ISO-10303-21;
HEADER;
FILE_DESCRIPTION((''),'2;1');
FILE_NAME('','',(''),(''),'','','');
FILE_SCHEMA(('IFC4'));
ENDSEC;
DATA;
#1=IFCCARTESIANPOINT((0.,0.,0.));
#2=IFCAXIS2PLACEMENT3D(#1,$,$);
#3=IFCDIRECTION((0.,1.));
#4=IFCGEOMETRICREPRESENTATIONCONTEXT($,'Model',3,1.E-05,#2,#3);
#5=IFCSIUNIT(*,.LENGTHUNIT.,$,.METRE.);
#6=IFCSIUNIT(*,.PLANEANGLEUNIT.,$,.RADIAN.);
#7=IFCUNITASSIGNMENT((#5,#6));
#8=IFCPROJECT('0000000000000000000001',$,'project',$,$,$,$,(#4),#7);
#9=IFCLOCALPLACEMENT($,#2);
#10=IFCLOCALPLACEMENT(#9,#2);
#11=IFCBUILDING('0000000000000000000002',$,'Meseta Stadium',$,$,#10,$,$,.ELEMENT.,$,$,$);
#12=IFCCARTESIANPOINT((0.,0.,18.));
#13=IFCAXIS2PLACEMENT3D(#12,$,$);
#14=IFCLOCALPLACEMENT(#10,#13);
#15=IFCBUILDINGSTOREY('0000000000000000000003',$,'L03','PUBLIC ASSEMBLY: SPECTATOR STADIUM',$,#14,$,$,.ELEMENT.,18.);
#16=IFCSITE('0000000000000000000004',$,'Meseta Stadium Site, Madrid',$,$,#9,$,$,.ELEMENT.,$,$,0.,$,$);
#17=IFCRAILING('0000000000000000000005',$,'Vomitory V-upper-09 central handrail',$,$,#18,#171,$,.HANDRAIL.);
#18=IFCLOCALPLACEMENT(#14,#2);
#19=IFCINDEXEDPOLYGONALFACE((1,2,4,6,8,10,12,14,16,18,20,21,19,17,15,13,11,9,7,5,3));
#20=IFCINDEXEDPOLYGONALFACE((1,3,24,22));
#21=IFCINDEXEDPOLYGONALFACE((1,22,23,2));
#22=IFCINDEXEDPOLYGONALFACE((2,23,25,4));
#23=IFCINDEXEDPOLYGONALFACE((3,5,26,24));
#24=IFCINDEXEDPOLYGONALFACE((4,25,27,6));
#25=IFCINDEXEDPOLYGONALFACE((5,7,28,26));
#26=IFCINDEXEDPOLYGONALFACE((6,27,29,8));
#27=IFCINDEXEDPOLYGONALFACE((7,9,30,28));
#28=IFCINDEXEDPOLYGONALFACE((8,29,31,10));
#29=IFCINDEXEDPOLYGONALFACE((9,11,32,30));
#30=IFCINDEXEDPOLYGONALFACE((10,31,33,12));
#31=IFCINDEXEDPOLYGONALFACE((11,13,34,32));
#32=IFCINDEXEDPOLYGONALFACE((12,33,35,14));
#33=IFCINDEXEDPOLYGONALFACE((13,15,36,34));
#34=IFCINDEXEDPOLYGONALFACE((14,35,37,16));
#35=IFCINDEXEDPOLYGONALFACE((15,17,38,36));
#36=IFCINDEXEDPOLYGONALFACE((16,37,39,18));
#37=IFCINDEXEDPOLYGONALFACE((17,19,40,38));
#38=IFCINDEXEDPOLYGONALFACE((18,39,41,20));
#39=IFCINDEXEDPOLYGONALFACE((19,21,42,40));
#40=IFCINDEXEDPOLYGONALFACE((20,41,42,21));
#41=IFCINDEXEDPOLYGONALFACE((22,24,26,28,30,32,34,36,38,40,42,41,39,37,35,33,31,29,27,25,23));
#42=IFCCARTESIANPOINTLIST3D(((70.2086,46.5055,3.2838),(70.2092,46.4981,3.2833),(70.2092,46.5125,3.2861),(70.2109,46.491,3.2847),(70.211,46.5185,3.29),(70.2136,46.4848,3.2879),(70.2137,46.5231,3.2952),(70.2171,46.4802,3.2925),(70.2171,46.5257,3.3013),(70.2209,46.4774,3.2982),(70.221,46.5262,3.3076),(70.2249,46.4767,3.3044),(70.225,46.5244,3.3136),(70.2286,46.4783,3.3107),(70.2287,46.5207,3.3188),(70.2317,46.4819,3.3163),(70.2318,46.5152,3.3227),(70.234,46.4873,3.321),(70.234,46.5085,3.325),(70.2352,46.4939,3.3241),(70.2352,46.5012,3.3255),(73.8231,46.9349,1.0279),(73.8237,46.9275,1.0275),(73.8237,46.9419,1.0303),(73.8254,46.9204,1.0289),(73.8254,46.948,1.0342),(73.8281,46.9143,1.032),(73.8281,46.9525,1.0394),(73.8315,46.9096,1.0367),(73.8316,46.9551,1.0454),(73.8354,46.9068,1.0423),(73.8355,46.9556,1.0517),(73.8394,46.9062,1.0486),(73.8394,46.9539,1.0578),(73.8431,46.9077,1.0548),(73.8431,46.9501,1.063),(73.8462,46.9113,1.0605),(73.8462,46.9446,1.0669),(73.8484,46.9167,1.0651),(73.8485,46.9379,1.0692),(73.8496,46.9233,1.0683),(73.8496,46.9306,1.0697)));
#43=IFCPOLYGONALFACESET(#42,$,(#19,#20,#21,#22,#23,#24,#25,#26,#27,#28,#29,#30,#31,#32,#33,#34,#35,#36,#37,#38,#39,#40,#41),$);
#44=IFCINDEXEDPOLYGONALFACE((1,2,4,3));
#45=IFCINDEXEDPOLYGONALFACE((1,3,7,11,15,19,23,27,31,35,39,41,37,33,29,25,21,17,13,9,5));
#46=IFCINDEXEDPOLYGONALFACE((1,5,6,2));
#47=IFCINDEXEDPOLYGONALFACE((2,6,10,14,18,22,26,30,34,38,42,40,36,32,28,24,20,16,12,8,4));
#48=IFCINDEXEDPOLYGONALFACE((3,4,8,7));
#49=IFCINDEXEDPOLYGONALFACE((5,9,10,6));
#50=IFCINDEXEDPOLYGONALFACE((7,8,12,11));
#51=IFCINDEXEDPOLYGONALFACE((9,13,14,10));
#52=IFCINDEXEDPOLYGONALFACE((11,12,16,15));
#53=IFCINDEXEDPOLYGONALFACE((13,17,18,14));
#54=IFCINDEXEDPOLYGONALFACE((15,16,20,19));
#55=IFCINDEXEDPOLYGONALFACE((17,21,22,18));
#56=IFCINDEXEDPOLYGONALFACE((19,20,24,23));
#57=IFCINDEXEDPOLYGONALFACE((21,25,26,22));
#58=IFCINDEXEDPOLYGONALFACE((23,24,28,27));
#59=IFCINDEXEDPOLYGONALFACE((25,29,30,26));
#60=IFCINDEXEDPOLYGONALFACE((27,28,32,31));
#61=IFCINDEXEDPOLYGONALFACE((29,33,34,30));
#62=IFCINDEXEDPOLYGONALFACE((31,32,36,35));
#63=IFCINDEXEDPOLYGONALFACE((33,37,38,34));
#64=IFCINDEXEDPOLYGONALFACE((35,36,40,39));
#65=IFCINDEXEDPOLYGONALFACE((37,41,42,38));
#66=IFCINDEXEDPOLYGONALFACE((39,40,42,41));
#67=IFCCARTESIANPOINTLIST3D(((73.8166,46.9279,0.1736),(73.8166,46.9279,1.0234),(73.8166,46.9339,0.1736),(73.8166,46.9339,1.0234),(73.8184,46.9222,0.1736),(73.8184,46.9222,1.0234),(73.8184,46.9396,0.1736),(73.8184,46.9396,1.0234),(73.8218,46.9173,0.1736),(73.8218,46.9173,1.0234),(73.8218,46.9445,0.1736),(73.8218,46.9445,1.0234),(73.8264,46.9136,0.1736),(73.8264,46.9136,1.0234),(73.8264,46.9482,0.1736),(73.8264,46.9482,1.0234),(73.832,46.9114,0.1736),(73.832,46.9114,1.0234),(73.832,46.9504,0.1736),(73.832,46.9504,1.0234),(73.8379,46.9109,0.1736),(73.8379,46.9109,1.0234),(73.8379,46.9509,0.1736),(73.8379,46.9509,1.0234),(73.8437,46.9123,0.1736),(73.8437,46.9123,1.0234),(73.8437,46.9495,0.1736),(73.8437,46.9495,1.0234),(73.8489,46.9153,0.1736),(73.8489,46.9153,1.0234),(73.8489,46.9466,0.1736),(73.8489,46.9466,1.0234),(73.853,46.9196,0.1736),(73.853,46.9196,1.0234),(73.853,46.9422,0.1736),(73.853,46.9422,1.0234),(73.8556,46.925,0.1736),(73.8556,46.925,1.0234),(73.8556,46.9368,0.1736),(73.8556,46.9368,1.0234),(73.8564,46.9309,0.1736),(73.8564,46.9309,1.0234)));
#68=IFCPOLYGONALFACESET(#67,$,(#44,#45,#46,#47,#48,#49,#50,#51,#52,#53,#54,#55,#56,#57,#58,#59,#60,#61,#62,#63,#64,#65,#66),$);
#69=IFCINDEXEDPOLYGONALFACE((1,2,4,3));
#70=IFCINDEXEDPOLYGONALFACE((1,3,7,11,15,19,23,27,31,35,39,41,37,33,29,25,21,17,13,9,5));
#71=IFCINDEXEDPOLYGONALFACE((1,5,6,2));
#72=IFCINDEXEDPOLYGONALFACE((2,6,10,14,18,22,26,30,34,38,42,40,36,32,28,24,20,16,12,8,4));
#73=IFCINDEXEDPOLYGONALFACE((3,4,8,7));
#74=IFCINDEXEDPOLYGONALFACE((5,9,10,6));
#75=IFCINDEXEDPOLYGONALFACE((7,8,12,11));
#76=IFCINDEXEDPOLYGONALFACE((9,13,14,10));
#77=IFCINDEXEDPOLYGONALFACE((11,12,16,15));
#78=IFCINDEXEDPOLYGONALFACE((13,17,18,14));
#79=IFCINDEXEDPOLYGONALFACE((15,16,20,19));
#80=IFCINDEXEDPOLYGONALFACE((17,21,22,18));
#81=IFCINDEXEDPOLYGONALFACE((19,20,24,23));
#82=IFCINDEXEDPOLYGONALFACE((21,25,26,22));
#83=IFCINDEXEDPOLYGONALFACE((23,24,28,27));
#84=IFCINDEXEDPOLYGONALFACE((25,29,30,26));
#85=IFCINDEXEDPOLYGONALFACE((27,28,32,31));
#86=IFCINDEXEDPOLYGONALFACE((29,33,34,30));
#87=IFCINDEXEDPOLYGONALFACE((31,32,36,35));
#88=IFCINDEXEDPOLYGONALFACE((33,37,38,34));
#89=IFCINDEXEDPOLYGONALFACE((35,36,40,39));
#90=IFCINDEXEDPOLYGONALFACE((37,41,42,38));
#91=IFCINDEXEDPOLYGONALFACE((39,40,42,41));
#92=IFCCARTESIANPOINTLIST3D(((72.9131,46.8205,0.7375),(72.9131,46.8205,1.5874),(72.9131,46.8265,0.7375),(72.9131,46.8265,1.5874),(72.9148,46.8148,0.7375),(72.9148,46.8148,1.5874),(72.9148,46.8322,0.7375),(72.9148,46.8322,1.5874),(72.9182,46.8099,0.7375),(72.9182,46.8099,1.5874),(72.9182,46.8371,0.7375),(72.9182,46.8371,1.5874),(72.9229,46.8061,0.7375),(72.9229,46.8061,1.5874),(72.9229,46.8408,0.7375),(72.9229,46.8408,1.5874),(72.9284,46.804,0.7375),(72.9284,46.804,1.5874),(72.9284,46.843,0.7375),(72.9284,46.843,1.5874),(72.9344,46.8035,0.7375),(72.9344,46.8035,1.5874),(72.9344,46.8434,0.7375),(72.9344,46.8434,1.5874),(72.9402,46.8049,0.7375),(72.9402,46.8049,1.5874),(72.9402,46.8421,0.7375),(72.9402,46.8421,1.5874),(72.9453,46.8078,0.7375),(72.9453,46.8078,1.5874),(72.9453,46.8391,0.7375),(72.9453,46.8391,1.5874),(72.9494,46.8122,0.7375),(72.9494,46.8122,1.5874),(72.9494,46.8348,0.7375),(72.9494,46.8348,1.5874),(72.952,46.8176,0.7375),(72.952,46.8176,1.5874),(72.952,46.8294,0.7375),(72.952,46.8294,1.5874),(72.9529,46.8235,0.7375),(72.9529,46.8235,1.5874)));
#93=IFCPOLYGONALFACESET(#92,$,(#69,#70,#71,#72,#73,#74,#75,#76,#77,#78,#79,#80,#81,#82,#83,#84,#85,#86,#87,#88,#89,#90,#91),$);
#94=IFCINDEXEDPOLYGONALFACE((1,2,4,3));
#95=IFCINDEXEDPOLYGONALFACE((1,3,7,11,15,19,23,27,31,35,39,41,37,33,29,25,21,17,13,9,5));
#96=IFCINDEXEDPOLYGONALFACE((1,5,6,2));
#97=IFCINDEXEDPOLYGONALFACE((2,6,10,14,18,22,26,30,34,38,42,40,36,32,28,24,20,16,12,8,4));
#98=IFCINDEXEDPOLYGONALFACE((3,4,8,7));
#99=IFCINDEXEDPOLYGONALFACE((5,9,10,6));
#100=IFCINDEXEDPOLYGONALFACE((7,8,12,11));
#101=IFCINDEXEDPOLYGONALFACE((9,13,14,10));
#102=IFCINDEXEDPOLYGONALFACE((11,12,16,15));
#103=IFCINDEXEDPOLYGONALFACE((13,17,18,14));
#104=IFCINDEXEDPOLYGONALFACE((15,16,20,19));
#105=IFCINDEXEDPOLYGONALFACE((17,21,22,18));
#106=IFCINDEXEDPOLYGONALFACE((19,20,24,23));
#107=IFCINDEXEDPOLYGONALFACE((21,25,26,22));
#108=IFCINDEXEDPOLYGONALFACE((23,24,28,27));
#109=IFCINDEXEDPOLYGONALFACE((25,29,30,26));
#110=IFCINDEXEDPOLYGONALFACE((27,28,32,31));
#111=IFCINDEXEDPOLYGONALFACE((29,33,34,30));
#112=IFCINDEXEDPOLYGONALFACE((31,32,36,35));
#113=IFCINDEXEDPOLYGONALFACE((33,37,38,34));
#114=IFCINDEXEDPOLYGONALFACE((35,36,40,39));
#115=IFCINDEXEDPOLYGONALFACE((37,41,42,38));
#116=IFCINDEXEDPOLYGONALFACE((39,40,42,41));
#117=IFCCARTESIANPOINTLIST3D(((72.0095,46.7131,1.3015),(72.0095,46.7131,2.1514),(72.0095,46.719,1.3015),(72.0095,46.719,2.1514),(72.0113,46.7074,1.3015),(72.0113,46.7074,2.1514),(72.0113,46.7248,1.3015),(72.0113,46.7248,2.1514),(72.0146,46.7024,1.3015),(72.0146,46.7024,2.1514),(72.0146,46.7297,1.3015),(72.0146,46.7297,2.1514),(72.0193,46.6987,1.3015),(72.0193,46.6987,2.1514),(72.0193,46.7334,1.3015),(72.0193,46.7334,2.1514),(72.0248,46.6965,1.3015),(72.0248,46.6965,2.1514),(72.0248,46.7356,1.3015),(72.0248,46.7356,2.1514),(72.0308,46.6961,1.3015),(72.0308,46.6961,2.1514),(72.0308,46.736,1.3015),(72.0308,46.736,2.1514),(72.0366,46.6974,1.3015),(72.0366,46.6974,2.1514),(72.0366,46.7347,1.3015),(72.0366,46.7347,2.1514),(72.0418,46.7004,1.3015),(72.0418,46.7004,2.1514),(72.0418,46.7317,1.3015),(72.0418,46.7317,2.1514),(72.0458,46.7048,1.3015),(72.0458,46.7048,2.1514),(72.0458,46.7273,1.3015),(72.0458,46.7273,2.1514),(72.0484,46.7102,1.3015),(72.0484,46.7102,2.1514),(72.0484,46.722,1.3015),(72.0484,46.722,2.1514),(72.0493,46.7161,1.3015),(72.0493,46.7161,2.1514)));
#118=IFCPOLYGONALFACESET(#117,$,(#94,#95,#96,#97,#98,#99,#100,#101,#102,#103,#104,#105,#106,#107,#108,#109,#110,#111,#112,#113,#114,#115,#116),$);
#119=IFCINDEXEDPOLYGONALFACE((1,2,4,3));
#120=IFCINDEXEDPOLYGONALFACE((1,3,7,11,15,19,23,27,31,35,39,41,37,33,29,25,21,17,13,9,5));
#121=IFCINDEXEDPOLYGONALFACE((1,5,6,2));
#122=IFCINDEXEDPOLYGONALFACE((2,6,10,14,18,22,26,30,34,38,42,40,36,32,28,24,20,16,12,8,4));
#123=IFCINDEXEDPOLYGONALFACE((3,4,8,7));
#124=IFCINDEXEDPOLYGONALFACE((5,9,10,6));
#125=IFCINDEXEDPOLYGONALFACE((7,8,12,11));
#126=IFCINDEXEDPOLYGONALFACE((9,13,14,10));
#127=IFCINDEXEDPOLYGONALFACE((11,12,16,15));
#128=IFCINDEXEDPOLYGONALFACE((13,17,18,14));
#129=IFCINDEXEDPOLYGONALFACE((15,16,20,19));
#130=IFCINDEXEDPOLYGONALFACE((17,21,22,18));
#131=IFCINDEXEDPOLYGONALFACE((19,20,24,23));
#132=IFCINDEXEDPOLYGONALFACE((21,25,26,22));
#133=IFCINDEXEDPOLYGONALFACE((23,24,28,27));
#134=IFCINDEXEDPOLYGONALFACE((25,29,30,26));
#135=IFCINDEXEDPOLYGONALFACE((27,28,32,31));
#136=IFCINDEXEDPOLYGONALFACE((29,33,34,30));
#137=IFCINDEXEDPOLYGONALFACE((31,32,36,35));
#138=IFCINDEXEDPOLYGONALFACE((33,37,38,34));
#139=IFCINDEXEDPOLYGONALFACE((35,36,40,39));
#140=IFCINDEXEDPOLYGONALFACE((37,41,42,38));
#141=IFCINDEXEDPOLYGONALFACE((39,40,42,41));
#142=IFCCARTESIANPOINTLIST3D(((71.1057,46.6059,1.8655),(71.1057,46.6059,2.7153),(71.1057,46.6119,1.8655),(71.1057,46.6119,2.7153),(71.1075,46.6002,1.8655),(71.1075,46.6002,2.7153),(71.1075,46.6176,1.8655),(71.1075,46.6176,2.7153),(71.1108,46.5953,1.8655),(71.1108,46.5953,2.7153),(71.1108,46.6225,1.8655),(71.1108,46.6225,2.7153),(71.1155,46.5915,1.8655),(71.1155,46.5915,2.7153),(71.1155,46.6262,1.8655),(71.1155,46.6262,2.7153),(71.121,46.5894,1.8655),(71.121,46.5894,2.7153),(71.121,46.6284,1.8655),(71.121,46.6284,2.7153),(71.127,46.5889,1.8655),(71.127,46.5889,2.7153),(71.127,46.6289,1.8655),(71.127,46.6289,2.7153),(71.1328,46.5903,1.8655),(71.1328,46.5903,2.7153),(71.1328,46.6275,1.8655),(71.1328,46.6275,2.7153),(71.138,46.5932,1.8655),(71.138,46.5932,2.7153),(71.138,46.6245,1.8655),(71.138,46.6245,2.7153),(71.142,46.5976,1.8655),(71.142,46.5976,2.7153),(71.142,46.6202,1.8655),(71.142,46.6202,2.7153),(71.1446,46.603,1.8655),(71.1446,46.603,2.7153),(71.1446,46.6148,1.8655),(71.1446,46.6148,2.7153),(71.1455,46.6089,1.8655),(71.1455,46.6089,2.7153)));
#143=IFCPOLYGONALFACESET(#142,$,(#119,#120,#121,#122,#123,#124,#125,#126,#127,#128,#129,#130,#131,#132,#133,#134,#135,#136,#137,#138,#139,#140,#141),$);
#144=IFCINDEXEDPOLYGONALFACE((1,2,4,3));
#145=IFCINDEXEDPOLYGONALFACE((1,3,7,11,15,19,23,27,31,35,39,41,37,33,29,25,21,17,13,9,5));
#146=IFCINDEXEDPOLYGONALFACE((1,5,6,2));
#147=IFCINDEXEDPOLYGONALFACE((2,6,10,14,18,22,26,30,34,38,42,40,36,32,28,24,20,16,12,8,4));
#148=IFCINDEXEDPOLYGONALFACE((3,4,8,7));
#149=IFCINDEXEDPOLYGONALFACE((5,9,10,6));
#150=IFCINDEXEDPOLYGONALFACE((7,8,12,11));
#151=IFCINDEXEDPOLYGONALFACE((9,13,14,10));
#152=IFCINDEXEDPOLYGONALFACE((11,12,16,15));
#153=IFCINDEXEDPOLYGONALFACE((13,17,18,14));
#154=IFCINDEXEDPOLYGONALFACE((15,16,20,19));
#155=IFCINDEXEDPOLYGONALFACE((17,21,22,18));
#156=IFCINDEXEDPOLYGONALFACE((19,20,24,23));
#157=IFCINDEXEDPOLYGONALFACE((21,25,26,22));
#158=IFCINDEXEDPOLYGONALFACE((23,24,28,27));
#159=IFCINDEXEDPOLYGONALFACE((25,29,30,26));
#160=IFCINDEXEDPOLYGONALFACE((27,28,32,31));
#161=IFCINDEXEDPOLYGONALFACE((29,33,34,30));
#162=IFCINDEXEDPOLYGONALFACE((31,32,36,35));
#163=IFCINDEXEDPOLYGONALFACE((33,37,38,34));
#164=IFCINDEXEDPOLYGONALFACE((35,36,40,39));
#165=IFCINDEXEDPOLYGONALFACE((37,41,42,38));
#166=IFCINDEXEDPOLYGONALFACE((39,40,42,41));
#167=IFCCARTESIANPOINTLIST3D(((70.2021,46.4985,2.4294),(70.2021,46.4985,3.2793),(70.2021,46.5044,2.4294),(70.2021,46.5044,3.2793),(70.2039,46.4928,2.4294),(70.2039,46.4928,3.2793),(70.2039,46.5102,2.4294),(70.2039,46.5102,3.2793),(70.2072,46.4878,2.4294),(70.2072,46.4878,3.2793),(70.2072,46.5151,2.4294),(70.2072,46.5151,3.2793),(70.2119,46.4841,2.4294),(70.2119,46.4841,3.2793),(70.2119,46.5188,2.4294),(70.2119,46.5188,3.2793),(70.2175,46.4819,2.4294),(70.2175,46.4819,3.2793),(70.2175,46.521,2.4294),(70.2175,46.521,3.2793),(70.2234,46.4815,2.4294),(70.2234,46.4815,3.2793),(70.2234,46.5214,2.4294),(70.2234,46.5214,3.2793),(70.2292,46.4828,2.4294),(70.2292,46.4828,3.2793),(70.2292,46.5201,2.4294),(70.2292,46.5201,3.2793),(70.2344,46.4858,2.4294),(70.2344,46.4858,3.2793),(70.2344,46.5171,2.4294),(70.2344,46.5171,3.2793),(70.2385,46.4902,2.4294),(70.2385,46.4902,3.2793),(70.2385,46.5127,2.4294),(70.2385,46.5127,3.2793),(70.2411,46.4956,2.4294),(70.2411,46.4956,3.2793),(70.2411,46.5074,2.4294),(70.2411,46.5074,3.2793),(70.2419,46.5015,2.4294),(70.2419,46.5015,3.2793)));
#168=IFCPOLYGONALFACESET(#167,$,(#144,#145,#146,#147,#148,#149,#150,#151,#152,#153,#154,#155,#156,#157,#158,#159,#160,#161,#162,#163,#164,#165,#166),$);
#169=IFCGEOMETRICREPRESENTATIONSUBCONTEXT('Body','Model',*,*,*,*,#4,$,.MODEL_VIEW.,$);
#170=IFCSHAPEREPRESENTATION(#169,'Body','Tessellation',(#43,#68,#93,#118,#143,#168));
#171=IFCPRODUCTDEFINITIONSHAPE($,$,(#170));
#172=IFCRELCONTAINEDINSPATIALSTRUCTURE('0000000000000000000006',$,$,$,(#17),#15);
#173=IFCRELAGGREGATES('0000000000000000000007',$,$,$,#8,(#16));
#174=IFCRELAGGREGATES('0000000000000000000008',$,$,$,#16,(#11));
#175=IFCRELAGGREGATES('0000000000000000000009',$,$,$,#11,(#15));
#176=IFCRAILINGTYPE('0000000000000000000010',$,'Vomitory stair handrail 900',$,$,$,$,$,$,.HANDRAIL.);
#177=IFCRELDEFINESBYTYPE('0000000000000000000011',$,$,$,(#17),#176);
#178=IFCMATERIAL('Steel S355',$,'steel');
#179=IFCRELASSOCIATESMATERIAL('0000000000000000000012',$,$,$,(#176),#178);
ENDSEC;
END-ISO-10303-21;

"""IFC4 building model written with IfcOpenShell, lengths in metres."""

from ifc_helpers import new_model, si_unit, direction, frame, origin, origin_2d, place, context, subcontext, project, spatial, circle, extrude, material, type_object, element, save


model = new_model("IFC4")

# Units and contexts
model_context = context("Model", 3, precision=1e-05, world=origin(), true_north=direction((0.0, 1.0)))
body_context = subcontext(model_context, "Body", "Model", "MODEL_VIEW")
ifc_project = project(units=[si_unit("LENGTHUNIT", "METRE"), si_unit("PLANEANGLEUNIT", "RADIAN")], contexts=[model_context])

# Site, building, storey
site_placement = place(None, origin())
site = spatial("IfcSite", under=ifc_project, at=site_placement, Name="Meseta Stadium Site, Madrid", CompositionType="ELEMENT", RefElevation=0.0)
building_placement = place(site_placement, origin())
building = spatial("IfcBuilding", under=site, at=building_placement, Name="Meseta Stadium", CompositionType="ELEMENT")
storey_placement = place(building_placement, frame((0.0, 0.0, 18.0)))
storey = spatial("IfcBuildingStorey", under=building, at=storey_placement, Name="L03", Description="PUBLIC ASSEMBLY: SPECTATOR STADIUM", CompositionType="ELEMENT", Elevation=18.0)

# Railing
ifc_material_1 = material(Name="Steel S355", Category="steel")
railing_type_1 = type_object("IfcRailingType", Name="Vomitory stair handrail 900", PredefinedType="HANDRAIL", material=ifc_material_1)
railing_1_placement = place(storey_placement, frame((73.8364, 46.9309, 0.1736)))
element("IfcRailing", 1, at=railing_1_placement, inside=storey, type_object=railing_type_1, Name="Vomitory V-upper-09 central handrail", PredefinedType="HANDRAIL", context=body_context, shape_type="SweptSolid", body=[
    extrude(circle(Radius=0.0249, at=origin_2d()), frame((0.0, 0.0, 0.875), z_axis=(-0.84406, -0.100284, 0.526789), x_axis=(0.117981, -0.993016, 0.0)), (0.0, 0.0, 1.0), 4.2822),
    extrude(circle(Radius=0.02, at=origin_2d()), origin(), (0.0, 0.0, 1.0), 0.8499),
    extrude(circle(Radius=0.02, at=origin_2d()), frame((-0.9036, -0.1074, 0.564)), (0.0, 0.0, 1.0), 0.8499),
    extrude(circle(Radius=0.02, at=origin_2d()), frame((-1.8071, -0.2148, 1.1279)), (0.0, 0.0, 1.0), 0.8499),
    extrude(circle(Radius=0.02, at=origin_2d()), frame((-2.7109, -0.322, 1.6919)), (0.0, 0.0, 1.0), 0.8499),
    extrude(circle(Radius=0.02, at=origin_2d()), frame((-3.6145, -0.4294, 2.2559)), (0.0, 0.0, 1.0), 0.8499),
])

save(model, "model.ifc")
